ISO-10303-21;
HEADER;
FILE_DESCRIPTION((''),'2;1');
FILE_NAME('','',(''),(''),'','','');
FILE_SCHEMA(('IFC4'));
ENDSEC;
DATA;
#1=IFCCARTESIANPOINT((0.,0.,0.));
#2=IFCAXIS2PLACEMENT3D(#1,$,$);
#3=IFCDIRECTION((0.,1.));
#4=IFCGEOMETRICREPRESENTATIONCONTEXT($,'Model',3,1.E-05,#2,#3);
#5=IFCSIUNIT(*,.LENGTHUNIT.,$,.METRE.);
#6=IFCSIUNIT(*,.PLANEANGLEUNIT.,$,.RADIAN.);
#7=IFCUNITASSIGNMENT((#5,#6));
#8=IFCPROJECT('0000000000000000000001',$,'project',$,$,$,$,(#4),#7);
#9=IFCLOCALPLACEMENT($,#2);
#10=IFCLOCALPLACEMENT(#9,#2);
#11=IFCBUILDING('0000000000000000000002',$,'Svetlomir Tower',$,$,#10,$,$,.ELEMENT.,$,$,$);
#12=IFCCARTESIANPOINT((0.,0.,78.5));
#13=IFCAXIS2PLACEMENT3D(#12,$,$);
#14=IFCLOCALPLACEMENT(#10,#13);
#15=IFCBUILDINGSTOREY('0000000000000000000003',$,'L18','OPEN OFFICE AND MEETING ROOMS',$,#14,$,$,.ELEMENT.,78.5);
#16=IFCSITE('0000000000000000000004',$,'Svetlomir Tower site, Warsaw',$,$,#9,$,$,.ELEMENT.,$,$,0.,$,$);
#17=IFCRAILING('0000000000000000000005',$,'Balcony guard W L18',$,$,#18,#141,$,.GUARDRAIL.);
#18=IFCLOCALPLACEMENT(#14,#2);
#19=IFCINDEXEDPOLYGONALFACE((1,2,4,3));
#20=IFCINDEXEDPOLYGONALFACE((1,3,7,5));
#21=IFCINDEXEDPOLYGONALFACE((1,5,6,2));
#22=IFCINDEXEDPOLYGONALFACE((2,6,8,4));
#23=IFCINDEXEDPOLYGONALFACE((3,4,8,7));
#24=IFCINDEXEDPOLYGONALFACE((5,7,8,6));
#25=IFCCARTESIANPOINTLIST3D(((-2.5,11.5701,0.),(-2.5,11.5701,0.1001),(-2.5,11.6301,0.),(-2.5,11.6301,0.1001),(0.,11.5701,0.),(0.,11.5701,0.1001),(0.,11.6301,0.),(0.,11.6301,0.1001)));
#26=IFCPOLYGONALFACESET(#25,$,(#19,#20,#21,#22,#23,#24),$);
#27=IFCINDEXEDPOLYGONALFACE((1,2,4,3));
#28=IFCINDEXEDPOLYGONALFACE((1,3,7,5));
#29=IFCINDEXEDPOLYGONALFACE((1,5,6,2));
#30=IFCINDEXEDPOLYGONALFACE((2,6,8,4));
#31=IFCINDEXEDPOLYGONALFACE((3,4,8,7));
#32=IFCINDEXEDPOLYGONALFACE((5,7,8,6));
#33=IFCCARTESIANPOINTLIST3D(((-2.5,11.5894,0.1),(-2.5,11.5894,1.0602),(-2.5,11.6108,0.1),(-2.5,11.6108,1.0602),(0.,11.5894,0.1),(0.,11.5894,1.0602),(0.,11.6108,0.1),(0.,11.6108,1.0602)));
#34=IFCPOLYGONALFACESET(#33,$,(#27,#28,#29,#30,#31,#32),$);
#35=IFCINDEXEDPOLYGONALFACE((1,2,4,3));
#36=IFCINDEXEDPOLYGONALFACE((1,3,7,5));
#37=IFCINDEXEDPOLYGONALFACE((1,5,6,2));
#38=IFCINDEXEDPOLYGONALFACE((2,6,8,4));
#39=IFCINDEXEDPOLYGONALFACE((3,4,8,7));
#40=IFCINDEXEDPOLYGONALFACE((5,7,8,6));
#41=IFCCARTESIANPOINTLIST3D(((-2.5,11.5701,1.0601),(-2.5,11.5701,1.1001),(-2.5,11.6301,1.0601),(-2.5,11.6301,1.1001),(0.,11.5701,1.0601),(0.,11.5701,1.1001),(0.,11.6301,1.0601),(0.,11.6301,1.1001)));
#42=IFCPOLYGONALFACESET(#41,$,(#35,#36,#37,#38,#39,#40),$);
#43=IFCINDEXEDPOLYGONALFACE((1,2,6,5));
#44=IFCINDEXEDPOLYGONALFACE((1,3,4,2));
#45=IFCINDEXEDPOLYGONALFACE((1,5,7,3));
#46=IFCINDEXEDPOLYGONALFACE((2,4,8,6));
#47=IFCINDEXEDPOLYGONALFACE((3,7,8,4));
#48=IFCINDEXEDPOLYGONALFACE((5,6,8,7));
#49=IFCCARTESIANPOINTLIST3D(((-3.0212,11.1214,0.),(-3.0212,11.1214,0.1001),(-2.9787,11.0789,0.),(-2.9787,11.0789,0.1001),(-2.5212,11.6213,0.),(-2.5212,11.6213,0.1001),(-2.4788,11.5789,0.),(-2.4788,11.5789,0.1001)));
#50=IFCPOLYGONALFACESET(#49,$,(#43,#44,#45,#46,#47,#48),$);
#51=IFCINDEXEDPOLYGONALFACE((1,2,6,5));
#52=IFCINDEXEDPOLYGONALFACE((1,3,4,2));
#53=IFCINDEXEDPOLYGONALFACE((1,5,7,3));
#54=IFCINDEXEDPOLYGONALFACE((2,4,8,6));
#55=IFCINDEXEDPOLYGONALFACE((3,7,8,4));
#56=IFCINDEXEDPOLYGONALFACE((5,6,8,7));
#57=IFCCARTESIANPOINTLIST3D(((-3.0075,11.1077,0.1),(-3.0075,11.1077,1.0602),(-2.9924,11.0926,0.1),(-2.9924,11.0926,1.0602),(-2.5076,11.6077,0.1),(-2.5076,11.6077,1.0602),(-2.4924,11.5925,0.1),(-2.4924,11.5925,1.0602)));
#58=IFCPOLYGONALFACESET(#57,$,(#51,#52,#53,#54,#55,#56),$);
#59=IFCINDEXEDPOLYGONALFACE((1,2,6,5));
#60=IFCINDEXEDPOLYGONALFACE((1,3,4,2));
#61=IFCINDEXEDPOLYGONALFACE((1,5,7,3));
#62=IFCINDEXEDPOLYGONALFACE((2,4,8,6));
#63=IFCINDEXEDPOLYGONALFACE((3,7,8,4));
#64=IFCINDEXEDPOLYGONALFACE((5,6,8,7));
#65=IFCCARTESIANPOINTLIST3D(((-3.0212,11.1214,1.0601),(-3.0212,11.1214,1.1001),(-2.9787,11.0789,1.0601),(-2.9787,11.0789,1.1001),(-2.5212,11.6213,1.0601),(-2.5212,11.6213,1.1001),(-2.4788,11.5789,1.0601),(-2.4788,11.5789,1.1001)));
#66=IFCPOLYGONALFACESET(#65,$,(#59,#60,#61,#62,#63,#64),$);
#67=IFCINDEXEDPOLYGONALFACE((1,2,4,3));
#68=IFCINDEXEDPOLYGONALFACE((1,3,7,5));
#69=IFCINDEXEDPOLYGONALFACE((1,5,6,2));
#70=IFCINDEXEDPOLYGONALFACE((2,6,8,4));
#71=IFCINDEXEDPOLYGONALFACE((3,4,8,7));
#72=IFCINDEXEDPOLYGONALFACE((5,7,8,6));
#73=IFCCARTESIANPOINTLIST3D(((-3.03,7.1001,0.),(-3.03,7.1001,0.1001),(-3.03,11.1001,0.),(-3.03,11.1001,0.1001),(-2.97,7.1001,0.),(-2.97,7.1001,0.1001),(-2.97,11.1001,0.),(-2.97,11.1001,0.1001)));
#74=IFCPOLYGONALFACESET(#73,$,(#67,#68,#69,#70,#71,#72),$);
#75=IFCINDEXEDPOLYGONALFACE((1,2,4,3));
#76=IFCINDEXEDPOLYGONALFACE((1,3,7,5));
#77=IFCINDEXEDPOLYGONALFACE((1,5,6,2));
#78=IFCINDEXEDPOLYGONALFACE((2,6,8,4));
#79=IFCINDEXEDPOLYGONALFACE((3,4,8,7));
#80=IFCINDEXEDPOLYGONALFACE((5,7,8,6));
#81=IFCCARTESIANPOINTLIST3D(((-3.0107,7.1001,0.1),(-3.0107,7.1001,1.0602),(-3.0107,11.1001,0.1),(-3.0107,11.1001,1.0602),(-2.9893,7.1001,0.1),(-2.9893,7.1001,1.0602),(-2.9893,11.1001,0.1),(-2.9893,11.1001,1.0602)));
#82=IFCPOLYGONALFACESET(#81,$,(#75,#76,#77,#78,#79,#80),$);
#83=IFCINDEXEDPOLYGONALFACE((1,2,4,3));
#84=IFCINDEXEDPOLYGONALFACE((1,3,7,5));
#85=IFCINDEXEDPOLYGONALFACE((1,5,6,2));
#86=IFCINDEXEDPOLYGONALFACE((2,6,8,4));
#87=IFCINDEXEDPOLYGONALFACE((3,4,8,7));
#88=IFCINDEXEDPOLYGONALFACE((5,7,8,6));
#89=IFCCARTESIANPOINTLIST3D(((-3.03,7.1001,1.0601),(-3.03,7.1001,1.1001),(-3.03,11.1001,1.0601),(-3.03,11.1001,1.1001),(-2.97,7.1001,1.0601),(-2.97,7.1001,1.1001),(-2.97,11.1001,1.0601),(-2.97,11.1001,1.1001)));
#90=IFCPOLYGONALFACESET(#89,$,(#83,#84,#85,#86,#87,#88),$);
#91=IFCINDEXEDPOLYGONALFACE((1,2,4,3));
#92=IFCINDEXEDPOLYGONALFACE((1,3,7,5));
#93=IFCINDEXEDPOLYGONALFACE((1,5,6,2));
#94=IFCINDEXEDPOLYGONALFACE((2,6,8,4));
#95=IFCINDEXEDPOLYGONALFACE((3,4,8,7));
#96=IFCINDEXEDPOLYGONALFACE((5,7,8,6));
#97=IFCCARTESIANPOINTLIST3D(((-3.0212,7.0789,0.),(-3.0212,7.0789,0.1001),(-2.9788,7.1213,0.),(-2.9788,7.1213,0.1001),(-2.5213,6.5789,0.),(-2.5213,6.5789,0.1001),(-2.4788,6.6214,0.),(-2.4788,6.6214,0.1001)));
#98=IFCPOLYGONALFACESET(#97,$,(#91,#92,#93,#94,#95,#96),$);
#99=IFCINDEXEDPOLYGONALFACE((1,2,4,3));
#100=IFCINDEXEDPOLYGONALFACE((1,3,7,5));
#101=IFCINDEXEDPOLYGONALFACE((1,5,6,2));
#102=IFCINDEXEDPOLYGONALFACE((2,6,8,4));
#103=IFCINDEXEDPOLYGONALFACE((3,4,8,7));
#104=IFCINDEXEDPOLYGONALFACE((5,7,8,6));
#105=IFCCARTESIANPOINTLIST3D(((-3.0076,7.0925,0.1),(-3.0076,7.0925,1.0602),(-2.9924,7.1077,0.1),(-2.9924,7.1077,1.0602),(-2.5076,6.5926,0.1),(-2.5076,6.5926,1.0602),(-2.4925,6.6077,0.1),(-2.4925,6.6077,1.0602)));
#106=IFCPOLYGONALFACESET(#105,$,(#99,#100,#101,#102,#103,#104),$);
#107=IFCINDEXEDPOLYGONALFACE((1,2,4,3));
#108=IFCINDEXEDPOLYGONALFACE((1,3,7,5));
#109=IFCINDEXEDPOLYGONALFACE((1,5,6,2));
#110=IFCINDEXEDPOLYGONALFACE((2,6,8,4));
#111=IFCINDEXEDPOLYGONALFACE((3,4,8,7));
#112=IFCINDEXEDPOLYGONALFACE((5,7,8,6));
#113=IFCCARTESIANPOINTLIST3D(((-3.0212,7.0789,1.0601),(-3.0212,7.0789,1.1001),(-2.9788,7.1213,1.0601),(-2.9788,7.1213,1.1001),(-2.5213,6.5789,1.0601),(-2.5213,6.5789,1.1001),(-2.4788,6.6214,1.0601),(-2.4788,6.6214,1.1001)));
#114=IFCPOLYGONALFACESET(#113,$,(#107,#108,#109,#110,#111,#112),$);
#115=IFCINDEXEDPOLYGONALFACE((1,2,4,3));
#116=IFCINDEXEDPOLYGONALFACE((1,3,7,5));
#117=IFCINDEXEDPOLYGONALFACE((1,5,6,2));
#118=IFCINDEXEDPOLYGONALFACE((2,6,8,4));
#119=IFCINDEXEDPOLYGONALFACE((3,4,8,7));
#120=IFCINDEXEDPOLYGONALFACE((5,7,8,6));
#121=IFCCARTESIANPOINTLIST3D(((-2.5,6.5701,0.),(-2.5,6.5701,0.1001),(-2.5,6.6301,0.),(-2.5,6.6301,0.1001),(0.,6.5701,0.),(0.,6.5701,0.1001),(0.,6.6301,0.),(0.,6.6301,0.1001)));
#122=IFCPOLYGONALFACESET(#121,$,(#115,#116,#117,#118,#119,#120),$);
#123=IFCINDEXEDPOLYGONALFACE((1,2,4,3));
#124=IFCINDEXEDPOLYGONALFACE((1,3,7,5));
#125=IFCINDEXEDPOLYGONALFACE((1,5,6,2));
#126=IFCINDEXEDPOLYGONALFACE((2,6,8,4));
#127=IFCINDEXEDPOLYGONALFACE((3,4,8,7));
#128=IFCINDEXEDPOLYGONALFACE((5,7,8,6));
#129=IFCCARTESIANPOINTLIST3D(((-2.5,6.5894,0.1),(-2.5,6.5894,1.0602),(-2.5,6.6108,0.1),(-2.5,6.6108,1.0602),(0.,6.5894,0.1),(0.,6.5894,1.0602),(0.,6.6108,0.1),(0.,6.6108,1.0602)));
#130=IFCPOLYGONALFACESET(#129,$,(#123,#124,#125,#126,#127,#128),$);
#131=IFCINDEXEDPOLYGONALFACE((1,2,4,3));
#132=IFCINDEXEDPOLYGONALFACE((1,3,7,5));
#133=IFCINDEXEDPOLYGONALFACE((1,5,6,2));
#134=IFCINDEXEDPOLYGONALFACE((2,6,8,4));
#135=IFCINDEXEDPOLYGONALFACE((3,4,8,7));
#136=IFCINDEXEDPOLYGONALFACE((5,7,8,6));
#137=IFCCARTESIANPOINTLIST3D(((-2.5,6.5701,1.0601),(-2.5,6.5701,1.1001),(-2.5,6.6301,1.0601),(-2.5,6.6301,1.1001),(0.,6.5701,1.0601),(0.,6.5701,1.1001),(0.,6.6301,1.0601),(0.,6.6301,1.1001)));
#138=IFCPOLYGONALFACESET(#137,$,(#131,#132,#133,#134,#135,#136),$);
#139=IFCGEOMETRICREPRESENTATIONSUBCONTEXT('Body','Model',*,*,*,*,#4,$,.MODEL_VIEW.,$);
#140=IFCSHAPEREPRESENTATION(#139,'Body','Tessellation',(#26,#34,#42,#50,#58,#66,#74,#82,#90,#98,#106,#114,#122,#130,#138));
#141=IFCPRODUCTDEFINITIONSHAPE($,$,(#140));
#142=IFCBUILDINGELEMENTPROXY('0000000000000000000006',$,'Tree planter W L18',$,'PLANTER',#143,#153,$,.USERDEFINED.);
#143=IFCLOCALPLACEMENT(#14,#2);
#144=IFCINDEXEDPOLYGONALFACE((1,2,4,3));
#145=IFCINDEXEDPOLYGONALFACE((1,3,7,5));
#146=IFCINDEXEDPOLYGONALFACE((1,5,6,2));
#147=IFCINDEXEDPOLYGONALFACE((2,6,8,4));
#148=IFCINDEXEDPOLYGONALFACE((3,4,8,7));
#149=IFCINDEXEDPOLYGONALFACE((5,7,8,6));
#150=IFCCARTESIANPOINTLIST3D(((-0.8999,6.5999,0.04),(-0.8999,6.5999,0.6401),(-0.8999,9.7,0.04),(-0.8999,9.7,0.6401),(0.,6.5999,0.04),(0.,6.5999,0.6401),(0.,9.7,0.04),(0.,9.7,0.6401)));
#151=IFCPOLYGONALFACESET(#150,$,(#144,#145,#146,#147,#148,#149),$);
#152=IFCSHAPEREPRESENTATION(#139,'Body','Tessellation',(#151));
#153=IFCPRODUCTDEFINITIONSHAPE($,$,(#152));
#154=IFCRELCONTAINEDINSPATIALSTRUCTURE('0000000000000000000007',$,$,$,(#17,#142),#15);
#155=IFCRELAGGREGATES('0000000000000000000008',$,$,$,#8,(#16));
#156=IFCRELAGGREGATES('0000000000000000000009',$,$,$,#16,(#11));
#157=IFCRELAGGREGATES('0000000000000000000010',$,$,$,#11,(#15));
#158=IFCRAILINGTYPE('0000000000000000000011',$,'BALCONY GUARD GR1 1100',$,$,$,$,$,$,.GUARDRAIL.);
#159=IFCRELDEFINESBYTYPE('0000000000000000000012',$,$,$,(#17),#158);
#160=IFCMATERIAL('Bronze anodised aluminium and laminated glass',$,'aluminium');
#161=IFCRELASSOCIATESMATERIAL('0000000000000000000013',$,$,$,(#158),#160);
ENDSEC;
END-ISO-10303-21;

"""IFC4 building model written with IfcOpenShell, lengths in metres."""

from ifc_helpers import new_model, si_unit, direction, frame, origin, origin_2d, place, context, subcontext, project, spatial, rectangle, extrude, material, type_object, element, save


model = new_model("IFC4")

# Units and contexts
model_context = context("Model", 3, precision=1e-05, world=origin(), true_north=direction((0.0, 1.0)))
body_context = subcontext(model_context, "Body", "Model", "MODEL_VIEW")
ifc_project = project(units=[si_unit("LENGTHUNIT", "METRE"), si_unit("PLANEANGLEUNIT", "RADIAN")], contexts=[model_context])

# Site, building, storey
site_placement = place(None, origin())
site = spatial("IfcSite", under=ifc_project, at=site_placement, Name="Svetlomir Tower site, Warsaw", CompositionType="ELEMENT", RefElevation=0.0)
building_placement = place(site_placement, origin())
building = spatial("IfcBuilding", under=site, at=building_placement, Name="Svetlomir Tower", CompositionType="ELEMENT")
storey_placement = place(building_placement, frame((0.0, 0.0, 78.5)))
storey = spatial("IfcBuildingStorey", under=building, at=storey_placement, Name="L18", Description="OPEN OFFICE AND MEETING ROOMS", CompositionType="ELEMENT", Elevation=78.5)

# Railing
ifc_material_1 = material(Name="Bronze anodised aluminium and laminated glass", Category="aluminium")
railing_type = type_object("IfcRailingType", Name="BALCONY GUARD GR1 1100", PredefinedType="GUARDRAIL", material=ifc_material_1)
railing_placement = place(storey_placement, frame((0.0, 11.6001, 0.0)))
element("IfcRailing", 1, at=railing_placement, inside=storey, type_object=railing_type, Name="Balcony guard W L18", PredefinedType="GUARDRAIL", context=body_context, shape_type="SweptSolid", body=[
    extrude(rectangle(XDim=0.0601, YDim=0.1001, at=origin_2d()), frame((0.0, 0.0, 0.05), z_axis=(-1.0, 0.0, 0.0), x_axis=(0.0, -1.0, 0.0)), (0.0, 0.0, 1.0), 2.5),
    extrude(rectangle(XDim=0.0215, YDim=0.9602, at=origin_2d()), frame((0.0, 0.0, 0.5801), z_axis=(-1.0, 0.0, 0.0), x_axis=(0.0, -1.0, 0.0)), (0.0, 0.0, 1.0), 2.5),
    extrude(rectangle(XDim=0.0601, YDim=0.04, at=origin_2d()), frame((0.0, 0.0, 1.0801), z_axis=(-1.0, 0.0, 0.0), x_axis=(0.0, -1.0, 0.0)), (0.0, 0.0, 1.0), 2.5),
    extrude(rectangle(XDim=0.0601, YDim=0.1001, at=origin_2d()), frame((-2.5, 0.0, 0.05), z_axis=(-0.707107, -0.707107, 0.0), x_axis=(0.707107, -0.707107, 0.0)), (0.0, 0.0, 1.0), 0.707),
    extrude(rectangle(XDim=0.0215, YDim=0.9602, at=origin_2d()), frame((-2.5, 0.0, 0.5801), z_axis=(-0.707107, -0.707107, 0.0), x_axis=(0.707107, -0.707107, 0.0)), (0.0, 0.0, 1.0), 0.707),
    extrude(rectangle(XDim=0.0601, YDim=0.04, at=origin_2d()), frame((-2.5, 0.0, 1.0801), z_axis=(-0.707107, -0.707107, 0.0), x_axis=(0.707107, -0.707107, 0.0)), (0.0, 0.0, 1.0), 0.707),
    extrude(rectangle(XDim=0.0601, YDim=0.1001, at=origin_2d()), frame((-3.0, -0.5, 0.05), z_axis=(0.0, -1.0, 0.0), x_axis=(1.0, 0.0, 0.0)), (0.0, 0.0, 1.0), 4.0),
    extrude(rectangle(XDim=0.0215, YDim=0.9602, at=origin_2d()), frame((-3.0, -0.5, 0.5801), z_axis=(0.0, -1.0, 0.0), x_axis=(1.0, 0.0, 0.0)), (0.0, 0.0, 1.0), 4.0),
    extrude(rectangle(XDim=0.0601, YDim=0.04, at=origin_2d()), frame((-3.0, -0.5, 1.0801), z_axis=(0.0, -1.0, 0.0), x_axis=(1.0, 0.0, 0.0)), (0.0, 0.0, 1.0), 4.0),
    extrude(rectangle(XDim=0.0601, YDim=0.1001, at=origin_2d()), frame((-3.0, -4.5, 0.05), z_axis=(0.707107, -0.707107, 0.0), x_axis=(0.707107, 0.707107, 0.0)), (0.0, 0.0, 1.0), 0.707),
    extrude(rectangle(XDim=0.0215, YDim=0.9602, at=origin_2d()), frame((-3.0, -4.5, 0.5801), z_axis=(0.707107, -0.707107, 0.0), x_axis=(0.707107, 0.707107, 0.0)), (0.0, 0.0, 1.0), 0.707),
    extrude(rectangle(XDim=0.0601, YDim=0.04, at=origin_2d()), frame((-3.0, -4.5, 1.0801), z_axis=(0.707107, -0.707107, 0.0), x_axis=(0.707107, 0.707107, 0.0)), (0.0, 0.0, 1.0), 0.707),
    extrude(rectangle(XDim=0.0601, YDim=0.1001, at=origin_2d()), frame((-2.5, -5.0, 0.05), z_axis=(1.0, 0.0, 0.0), x_axis=(0.0, 1.0, 0.0)), (0.0, 0.0, 1.0), 2.5),
    extrude(rectangle(XDim=0.0215, YDim=0.9602, at=origin_2d()), frame((-2.5, -5.0, 0.5801), z_axis=(1.0, 0.0, 0.0), x_axis=(0.0, 1.0, 0.0)), (0.0, 0.0, 1.0), 2.5),
    extrude(rectangle(XDim=0.0601, YDim=0.04, at=origin_2d()), frame((-2.5, -5.0, 1.0801), z_axis=(1.0, 0.0, 0.0), x_axis=(0.0, 1.0, 0.0)), (0.0, 0.0, 1.0), 2.5),
])

# Building element proxy
proxy_placement = place(storey_placement, frame((-0.45, 8.1499, 0.04), z_axis=(0.0, 0.0, 1.0), x_axis=(1.0, 0.0, 0.0)))
element("IfcBuildingElementProxy", 2, at=proxy_placement, inside=storey, Name="Tree planter W L18", ObjectType="PLANTER", PredefinedType="USERDEFINED", context=body_context, shape_type="SweptSolid", body=[
    extrude(rectangle(XDim=0.8999, YDim=3.1001, at=origin_2d()), origin(), (0.0, 0.0, 1.0), 0.6001),
])

save(model, "model.ifc")
